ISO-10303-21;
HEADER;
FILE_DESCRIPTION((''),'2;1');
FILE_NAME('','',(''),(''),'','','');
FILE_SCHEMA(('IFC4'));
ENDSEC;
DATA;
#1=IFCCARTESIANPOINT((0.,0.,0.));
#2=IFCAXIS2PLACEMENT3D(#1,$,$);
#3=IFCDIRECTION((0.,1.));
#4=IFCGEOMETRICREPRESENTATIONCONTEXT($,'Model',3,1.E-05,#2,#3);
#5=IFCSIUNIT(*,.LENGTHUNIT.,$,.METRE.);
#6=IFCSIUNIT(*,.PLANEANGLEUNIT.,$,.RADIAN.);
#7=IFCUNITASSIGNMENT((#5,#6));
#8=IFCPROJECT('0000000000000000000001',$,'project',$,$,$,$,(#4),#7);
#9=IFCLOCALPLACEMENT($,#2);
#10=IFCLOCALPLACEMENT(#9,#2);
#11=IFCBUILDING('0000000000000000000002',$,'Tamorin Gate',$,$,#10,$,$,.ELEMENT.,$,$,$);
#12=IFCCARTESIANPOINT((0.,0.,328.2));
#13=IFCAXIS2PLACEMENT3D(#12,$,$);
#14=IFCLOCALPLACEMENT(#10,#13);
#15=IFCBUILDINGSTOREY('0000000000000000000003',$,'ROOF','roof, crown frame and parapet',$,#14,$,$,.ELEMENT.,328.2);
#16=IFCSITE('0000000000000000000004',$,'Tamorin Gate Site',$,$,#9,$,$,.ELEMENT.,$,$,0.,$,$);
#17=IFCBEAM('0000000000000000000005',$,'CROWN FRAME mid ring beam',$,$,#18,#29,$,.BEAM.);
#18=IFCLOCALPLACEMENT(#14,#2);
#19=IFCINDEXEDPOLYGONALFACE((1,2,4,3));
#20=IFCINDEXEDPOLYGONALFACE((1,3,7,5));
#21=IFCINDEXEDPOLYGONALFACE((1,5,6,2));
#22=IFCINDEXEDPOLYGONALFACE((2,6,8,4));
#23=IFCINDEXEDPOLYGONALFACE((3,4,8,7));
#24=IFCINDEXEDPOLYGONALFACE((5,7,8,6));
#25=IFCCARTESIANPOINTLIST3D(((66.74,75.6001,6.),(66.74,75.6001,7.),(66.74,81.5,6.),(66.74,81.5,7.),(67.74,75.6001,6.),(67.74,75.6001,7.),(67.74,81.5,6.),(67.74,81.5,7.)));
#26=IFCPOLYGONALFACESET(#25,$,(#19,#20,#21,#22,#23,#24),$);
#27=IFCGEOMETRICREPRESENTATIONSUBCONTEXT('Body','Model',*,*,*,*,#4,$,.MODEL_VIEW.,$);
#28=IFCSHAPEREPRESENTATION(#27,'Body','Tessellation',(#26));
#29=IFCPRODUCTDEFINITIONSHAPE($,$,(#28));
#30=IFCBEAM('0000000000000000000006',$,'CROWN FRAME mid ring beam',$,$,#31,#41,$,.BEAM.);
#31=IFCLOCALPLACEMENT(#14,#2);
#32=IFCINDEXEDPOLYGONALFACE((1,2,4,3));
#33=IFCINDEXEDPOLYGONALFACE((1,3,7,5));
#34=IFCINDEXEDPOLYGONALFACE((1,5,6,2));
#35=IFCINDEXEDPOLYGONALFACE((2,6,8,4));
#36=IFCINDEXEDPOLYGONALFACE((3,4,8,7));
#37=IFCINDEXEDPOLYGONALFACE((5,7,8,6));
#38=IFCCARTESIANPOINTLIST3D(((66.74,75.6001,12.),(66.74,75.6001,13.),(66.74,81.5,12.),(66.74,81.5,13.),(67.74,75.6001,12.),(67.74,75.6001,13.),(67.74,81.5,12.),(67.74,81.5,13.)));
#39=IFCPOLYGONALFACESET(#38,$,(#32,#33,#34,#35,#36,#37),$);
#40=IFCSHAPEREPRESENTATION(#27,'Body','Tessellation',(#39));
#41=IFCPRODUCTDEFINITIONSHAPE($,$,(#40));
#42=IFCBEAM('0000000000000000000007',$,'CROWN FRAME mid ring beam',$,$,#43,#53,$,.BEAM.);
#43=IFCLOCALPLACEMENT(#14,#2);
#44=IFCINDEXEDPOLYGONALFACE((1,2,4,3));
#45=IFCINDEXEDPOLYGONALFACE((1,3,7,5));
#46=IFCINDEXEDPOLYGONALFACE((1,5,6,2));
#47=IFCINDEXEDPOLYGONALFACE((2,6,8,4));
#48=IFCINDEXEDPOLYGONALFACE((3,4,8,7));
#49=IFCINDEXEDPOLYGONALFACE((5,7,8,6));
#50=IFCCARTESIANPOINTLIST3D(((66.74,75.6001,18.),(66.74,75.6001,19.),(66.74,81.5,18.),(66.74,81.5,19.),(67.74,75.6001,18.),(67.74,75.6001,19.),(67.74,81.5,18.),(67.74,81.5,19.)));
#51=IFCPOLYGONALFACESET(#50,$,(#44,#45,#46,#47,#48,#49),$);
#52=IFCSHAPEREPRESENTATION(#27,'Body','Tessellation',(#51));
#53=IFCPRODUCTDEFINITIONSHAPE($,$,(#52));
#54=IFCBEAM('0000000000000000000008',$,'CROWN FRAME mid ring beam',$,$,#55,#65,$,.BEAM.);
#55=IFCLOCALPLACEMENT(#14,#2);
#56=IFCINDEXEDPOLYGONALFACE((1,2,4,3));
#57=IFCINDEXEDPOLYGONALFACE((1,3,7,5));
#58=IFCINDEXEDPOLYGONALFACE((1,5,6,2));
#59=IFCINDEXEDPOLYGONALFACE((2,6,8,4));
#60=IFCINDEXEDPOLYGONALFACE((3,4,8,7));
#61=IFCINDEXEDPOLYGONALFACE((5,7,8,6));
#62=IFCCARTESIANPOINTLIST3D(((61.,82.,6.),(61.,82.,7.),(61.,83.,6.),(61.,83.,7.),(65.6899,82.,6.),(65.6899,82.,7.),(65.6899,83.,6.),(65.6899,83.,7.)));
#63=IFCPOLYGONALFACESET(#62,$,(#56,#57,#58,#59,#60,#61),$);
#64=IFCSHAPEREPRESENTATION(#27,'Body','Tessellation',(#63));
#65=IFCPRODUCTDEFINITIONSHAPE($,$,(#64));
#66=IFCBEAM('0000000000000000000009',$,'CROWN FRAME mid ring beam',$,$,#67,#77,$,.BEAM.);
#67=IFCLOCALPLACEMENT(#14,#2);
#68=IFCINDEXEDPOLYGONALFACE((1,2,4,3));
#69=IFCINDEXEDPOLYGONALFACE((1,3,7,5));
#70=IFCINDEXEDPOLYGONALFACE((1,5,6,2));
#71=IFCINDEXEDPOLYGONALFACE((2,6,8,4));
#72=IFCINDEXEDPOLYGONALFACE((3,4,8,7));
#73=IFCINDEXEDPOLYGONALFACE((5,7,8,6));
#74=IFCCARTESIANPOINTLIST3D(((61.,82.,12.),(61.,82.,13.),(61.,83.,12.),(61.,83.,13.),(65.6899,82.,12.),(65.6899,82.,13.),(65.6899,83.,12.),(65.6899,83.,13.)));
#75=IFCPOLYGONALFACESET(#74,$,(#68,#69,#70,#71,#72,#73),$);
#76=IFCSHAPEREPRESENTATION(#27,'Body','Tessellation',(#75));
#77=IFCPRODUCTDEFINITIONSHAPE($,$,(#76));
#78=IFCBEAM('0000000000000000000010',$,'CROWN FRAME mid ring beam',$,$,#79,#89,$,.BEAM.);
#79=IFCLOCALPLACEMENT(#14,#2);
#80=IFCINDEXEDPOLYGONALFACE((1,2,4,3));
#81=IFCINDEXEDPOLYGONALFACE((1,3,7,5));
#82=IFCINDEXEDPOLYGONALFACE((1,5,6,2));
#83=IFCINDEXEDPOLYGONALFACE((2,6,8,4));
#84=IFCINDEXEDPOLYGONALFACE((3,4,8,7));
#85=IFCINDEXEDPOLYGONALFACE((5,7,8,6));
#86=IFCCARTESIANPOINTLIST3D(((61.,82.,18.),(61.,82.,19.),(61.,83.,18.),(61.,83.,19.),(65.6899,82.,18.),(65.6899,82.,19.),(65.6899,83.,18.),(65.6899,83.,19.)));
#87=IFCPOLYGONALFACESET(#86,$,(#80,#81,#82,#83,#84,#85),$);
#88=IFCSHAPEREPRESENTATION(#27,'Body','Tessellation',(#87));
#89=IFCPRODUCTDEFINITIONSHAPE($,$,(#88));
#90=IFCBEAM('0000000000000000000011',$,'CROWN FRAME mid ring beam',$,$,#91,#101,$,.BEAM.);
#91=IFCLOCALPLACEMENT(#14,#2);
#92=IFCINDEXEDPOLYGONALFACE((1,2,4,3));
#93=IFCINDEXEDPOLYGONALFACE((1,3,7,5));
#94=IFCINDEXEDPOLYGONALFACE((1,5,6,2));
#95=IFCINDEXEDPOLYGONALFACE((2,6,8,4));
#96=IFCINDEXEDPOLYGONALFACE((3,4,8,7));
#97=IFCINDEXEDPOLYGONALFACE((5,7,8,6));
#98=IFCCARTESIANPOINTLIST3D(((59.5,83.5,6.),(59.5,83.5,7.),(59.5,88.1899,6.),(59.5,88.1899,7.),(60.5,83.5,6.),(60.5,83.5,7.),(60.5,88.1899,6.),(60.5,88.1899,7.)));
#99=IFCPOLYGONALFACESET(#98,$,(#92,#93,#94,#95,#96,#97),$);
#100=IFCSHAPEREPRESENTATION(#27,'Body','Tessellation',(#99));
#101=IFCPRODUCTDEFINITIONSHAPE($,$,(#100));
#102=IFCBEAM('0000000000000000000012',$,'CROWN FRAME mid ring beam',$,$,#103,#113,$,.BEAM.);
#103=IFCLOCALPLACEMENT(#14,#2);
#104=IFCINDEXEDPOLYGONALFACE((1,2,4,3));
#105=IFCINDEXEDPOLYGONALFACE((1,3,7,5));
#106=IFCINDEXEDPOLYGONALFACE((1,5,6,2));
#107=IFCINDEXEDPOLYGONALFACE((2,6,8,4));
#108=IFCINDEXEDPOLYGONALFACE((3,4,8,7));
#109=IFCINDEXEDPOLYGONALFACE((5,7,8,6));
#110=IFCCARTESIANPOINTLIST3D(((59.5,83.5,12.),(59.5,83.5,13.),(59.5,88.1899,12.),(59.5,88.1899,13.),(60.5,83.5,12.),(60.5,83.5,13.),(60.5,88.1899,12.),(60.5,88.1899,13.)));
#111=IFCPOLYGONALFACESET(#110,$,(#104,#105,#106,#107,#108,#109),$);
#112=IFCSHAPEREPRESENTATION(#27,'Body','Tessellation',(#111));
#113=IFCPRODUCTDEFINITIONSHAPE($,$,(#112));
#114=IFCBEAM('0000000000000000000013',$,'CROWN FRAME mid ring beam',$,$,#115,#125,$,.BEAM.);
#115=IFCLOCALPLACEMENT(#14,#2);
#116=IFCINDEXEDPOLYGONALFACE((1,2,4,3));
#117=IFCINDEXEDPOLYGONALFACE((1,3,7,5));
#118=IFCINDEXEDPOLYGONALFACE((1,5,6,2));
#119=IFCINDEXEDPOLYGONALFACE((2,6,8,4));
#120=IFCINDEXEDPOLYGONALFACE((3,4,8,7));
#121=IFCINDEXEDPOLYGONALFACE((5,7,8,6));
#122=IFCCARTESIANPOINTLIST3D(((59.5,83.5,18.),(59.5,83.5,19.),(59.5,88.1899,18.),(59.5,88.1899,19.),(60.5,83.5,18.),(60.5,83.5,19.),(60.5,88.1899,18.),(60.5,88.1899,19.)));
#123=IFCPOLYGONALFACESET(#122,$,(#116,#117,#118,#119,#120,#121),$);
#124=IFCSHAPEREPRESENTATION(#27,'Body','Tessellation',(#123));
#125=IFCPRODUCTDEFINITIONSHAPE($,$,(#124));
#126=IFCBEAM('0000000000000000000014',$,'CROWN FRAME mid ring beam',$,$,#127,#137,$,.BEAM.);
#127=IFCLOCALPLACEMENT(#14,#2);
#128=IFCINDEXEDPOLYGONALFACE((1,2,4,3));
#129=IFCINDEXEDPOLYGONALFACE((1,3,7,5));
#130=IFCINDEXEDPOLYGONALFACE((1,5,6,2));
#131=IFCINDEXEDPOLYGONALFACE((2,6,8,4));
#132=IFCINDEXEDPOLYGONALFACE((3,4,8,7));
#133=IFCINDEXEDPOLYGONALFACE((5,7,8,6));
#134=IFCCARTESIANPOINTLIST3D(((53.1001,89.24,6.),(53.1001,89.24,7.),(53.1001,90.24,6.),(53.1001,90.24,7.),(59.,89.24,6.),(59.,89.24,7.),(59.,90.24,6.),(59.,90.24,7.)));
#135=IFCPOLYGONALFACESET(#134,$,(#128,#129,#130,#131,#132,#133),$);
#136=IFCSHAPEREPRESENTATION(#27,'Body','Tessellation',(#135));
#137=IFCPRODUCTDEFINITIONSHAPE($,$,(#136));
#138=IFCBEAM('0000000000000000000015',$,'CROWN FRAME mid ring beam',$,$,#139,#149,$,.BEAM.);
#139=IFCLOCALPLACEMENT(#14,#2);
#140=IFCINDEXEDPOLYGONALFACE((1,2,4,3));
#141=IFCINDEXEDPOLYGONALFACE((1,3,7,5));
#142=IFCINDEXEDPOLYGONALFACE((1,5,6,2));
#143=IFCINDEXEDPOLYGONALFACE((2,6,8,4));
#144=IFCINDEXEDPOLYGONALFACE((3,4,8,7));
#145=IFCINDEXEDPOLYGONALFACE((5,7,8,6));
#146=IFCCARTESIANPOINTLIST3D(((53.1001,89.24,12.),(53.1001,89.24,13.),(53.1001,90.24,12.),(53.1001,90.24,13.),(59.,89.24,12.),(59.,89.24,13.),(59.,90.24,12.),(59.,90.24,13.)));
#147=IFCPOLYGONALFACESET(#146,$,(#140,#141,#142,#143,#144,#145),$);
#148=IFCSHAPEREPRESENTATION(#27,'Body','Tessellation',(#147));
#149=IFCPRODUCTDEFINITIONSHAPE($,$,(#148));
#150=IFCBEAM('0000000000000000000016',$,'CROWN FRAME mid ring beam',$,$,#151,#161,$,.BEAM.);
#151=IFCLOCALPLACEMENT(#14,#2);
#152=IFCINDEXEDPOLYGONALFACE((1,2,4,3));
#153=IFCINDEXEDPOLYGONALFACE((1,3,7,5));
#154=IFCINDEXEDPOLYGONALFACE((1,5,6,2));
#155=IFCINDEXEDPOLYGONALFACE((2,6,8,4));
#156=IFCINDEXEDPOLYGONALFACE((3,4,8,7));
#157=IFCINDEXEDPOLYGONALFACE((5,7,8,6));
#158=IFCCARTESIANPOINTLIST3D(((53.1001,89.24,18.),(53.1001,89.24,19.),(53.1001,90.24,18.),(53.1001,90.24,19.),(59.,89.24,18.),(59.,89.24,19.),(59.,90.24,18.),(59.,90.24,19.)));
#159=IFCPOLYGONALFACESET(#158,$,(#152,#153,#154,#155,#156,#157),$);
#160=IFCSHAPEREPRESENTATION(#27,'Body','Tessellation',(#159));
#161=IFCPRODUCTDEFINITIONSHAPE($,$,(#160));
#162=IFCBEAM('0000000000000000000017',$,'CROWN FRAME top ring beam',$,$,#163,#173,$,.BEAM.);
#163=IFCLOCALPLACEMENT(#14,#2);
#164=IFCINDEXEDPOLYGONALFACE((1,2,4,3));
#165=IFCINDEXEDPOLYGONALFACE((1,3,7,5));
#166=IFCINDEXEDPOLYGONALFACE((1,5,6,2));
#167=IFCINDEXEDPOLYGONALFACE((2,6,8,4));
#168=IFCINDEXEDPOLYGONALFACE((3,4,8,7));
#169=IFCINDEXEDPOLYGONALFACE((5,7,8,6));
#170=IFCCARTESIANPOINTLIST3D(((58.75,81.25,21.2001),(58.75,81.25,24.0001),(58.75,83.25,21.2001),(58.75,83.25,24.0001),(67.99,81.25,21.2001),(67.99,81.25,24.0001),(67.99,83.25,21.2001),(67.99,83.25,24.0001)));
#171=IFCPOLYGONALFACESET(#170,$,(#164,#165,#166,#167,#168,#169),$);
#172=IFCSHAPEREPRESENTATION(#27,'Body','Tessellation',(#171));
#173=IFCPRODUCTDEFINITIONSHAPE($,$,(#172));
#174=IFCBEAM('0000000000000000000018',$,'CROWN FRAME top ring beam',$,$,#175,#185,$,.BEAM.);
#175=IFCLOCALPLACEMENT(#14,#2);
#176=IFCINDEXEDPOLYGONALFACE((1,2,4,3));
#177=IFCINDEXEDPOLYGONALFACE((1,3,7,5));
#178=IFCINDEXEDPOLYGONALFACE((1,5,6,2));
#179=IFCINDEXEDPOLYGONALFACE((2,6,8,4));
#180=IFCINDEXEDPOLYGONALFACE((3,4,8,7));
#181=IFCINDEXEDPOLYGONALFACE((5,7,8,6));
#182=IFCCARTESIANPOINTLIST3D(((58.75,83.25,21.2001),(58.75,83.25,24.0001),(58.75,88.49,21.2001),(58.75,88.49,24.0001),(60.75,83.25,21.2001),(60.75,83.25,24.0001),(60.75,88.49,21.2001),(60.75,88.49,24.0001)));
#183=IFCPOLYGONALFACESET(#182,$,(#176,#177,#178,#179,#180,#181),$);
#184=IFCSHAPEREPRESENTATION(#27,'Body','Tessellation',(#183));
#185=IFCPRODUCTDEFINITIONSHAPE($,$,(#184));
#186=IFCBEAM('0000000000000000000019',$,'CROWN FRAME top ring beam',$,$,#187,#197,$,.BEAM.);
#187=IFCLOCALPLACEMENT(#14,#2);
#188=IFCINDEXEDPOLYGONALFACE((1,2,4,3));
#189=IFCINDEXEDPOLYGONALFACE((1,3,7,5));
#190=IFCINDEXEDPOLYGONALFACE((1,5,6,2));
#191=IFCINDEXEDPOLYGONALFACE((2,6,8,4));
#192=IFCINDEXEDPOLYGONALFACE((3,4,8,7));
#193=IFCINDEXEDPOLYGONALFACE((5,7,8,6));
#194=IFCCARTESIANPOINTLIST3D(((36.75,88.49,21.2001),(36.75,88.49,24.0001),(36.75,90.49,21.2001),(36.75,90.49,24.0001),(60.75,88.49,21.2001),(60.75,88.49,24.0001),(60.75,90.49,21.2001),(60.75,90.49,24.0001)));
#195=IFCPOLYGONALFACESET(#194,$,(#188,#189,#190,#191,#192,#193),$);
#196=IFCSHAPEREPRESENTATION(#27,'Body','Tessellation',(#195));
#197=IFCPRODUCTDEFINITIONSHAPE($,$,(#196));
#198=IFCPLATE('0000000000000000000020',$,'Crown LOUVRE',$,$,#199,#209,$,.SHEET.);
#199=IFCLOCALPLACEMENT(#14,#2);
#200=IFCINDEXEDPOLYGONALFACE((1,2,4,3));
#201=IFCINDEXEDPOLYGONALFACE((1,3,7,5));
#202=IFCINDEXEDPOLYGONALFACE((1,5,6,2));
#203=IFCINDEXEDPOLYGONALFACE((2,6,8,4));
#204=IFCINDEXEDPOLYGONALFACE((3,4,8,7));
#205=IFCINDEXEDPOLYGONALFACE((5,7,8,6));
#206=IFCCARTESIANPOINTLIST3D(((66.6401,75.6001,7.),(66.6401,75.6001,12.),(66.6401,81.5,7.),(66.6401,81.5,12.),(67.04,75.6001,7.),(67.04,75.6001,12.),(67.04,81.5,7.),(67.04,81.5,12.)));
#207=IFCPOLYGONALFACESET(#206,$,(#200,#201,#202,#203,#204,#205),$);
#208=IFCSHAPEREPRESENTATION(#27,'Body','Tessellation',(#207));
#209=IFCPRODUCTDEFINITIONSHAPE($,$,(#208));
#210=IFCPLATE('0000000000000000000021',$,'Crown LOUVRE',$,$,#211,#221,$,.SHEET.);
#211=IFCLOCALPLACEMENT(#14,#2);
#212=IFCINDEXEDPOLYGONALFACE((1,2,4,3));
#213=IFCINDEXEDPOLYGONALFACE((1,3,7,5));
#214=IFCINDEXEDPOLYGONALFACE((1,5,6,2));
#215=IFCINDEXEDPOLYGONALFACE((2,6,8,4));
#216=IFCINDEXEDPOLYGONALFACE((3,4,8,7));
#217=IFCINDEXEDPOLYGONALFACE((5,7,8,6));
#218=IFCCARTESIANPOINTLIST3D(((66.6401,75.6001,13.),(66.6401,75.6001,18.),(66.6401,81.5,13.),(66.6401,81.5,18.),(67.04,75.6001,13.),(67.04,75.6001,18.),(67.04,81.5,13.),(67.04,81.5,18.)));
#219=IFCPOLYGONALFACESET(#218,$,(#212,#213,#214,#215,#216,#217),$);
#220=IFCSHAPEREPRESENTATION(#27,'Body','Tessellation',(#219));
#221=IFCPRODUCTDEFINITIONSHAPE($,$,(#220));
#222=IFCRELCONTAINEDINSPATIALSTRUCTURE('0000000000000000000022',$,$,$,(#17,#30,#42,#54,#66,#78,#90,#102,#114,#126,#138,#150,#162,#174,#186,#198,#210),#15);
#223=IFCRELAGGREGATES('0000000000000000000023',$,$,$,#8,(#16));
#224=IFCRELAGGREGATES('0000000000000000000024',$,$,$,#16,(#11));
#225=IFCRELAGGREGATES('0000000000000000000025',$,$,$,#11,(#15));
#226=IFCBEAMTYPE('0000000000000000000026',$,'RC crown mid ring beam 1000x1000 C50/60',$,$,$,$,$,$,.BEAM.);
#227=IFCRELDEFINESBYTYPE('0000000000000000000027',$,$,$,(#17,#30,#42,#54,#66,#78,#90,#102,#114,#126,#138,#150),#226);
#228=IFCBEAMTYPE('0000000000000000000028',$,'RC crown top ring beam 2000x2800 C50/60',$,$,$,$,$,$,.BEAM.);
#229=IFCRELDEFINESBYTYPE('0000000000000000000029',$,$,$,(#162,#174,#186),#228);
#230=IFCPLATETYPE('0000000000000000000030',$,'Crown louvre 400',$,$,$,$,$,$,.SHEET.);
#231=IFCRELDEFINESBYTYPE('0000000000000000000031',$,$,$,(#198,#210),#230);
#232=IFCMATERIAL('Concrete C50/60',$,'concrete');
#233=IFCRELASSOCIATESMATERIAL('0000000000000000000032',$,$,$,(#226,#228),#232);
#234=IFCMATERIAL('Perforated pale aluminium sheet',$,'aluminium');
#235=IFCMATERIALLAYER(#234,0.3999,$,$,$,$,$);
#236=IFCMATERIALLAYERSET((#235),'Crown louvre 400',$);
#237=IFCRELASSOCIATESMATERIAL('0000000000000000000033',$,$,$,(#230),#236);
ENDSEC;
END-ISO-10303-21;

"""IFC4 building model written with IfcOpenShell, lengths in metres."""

from ifc_helpers import new_model, si_unit, direction, frame, origin, origin_2d, place, context, subcontext, project, spatial, rectangle, extrude, material, layer, layer_set, material_profile, profile_set, type_object, element, save


model = new_model("IFC4")

# Units and contexts
model_context = context("Model", 3, precision=1e-05, world=origin(), true_north=direction((0.0, 1.0)))
body_context = subcontext(model_context, "Body", "Model", "MODEL_VIEW")
ifc_project = project(units=[si_unit("LENGTHUNIT", "METRE"), si_unit("PLANEANGLEUNIT", "RADIAN")], contexts=[model_context])

# Site, building, storey
site_placement = place(None, origin())
site = spatial("IfcSite", under=ifc_project, at=site_placement, Name="Tamorin Gate Site", CompositionType="ELEMENT", RefElevation=0.0)
building_placement = place(site_placement, origin())
building = spatial("IfcBuilding", under=site, at=building_placement, Name="Tamorin Gate", CompositionType="ELEMENT")
storey_placement = place(building_placement, frame((0.0, 0.0, 328.2)))
storey = spatial("IfcBuildingStorey", under=building, at=storey_placement, Name="ROOF", Description="roof, crown frame and parapet", CompositionType="ELEMENT", Elevation=328.2)

# Beams
ifc_material_1 = material(Name="Concrete C50/60", Category="concrete")
ifc_material_profile_1 = material_profile(ifc_material_1, rectangle(XDim=1.0, YDim=1.0, at=origin_2d()), Name="RC 1000x1000")
ifc_profile_set_1 = profile_set([ifc_material_profile_1], Name="Concrete C50/60")
beam_type_1 = type_object("IfcBeamType", Name="RC crown mid ring beam 1000x1000 C50/60", PredefinedType="BEAM", material=ifc_profile_set_1)
for number, where, z_axis, x_axis, name in (
    (1, (67.24, 75.6001, 6.5), (0.0, 1.0, 0.0), (-1.0, 0.0, 0.0), "CROWN FRAME mid ring beam"),
    (2, (67.24, 75.6001, 12.5), (0.0, 1.0, 0.0), (-1.0, 0.0, 0.0), "CROWN FRAME mid ring beam"),
    (3, (67.24, 75.6001, 18.5), (0.0, 1.0, 0.0), (-1.0, 0.0, 0.0), "CROWN FRAME mid ring beam"),
):
    element("IfcBeam", number, at=place(storey_placement, frame(where, z_axis=z_axis, x_axis=x_axis)), inside=storey, type_object=beam_type_1, Name=name, PredefinedType="BEAM", context=body_context, shape_type="SweptSolid", body=[
        extrude(rectangle(XDim=1.0, YDim=1.0, at=origin_2d()), origin(), (0.0, 0.0, 1.0), 5.8999),
    ])
for number, where, z_axis, x_axis, name in (
    (4, (65.6899, 82.5, 6.5), (-1.0, 0.0, 0.0), (0.0, -1.0, 0.0), "CROWN FRAME mid ring beam"),
    (5, (65.6899, 82.5, 12.5), (-1.0, 0.0, 0.0), (0.0, -1.0, 0.0), "CROWN FRAME mid ring beam"),
    (6, (65.6899, 82.5, 18.5), (-1.0, 0.0, 0.0), (0.0, -1.0, 0.0), "CROWN FRAME mid ring beam"),
    (7, (60.0, 83.5, 6.5), (0.0, 1.0, 0.0), (-1.0, 0.0, 0.0), "CROWN FRAME mid ring beam"),
    (8, (60.0, 83.5, 12.5), (0.0, 1.0, 0.0), (-1.0, 0.0, 0.0), "CROWN FRAME mid ring beam"),
    (9, (60.0, 83.5, 18.5), (0.0, 1.0, 0.0), (-1.0, 0.0, 0.0), "CROWN FRAME mid ring beam"),
):
    element("IfcBeam", number, at=place(storey_placement, frame(where, z_axis=z_axis, x_axis=x_axis)), inside=storey, type_object=beam_type_1, Name=name, PredefinedType="BEAM", context=body_context, shape_type="SweptSolid", body=[
        extrude(rectangle(XDim=1.0, YDim=1.0, at=origin_2d()), origin(), (0.0, 0.0, 1.0), 4.6899),
    ])
for number, where, z_axis, x_axis, name in (
    (10, (59.0, 89.74, 6.5), (-1.0, 0.0, 0.0), (0.0, -1.0, 0.0), "CROWN FRAME mid ring beam"),
    (11, (59.0, 89.74, 12.5), (-1.0, 0.0, 0.0), (0.0, -1.0, 0.0), "CROWN FRAME mid ring beam"),
    (12, (59.0, 89.74, 18.5), (-1.0, 0.0, 0.0), (0.0, -1.0, 0.0), "CROWN FRAME mid ring beam"),
):
    element("IfcBeam", number, at=place(storey_placement, frame(where, z_axis=z_axis, x_axis=x_axis)), inside=storey, type_object=beam_type_1, Name=name, PredefinedType="BEAM", context=body_context, shape_type="SweptSolid", body=[
        extrude(rectangle(XDim=1.0, YDim=1.0, at=origin_2d()), origin(), (0.0, 0.0, 1.0), 5.8999),
    ])
ifc_material_profile_2 = material_profile(ifc_material_1, rectangle(XDim=2.0, YDim=2.8, at=origin_2d()), Name="RC 2000x2800")
ifc_profile_set_2 = profile_set([ifc_material_profile_2], Name="Concrete C50/60")
beam_type_2 = type_object("IfcBeamType", Name="RC crown top ring beam 2000x2800 C50/60", PredefinedType="BEAM", material=ifc_profile_set_2)
beam_1_placement = place(storey_placement, frame((67.99, 82.25, 22.6001), z_axis=(-1.0, 0.0, 0.0), x_axis=(0.0, -1.0, 0.0)))
element("IfcBeam", 13, at=beam_1_placement, inside=storey, type_object=beam_type_2, Name="CROWN FRAME top ring beam", PredefinedType="BEAM", context=body_context, shape_type="SweptSolid", body=[
    extrude(rectangle(XDim=2.0, YDim=2.8, at=origin_2d()), origin(), (0.0, 0.0, 1.0), 9.24),
])
beam_2_placement = place(storey_placement, frame((59.75, 83.25, 22.6001), z_axis=(0.0, 1.0, 0.0), x_axis=(-1.0, 0.0, 0.0)))
element("IfcBeam", 14, at=beam_2_placement, inside=storey, type_object=beam_type_2, Name="CROWN FRAME top ring beam", PredefinedType="BEAM", context=body_context, shape_type="SweptSolid", body=[
    extrude(rectangle(XDim=2.0, YDim=2.8, at=origin_2d()), origin(), (0.0, 0.0, 1.0), 5.24),
])
beam_3_placement = place(storey_placement, frame((60.75, 89.49, 22.6001), z_axis=(-1.0, 0.0, 0.0), x_axis=(0.0, -1.0, 0.0)))
element("IfcBeam", 15, at=beam_3_placement, inside=storey, type_object=beam_type_2, Name="CROWN FRAME top ring beam", PredefinedType="BEAM", context=body_context, shape_type="SweptSolid", body=[
    extrude(rectangle(XDim=2.0, YDim=2.8, at=origin_2d()), origin(), (0.0, 0.0, 1.0), 24.0),
])

# Plates
ifc_material_2 = material(Name="Perforated pale aluminium sheet", Category="aluminium")
ifc_layer = layer(ifc_material_2, 0.3999)
ifc_layer_set = layer_set([ifc_layer], Name="Crown louvre 400")
plate_type = type_object("IfcPlateType", Name="Crown louvre 400", PredefinedType="SHEET", material=ifc_layer_set)
for number, where, z_axis, x_axis, name in (
    (16, (66.8401, 78.55, 7.0), (0.0, 0.0, 1.0), (0.0, 1.0, 0.0), "Crown LOUVRE"),
    (17, (66.8401, 78.55, 13.0), (0.0, 0.0, 1.0), (0.0, 1.0, 0.0), "Crown LOUVRE"),
):
    element("IfcPlate", number, at=place(storey_placement, frame(where, z_axis=z_axis, x_axis=x_axis)), inside=storey, type_object=plate_type, Name=name, PredefinedType="SHEET", context=body_context, shape_type="SweptSolid", body=[
        extrude(rectangle(XDim=5.8999, YDim=0.3999, at=origin_2d()), origin(), (0.0, 0.0, 1.0), 5.0),
    ])

save(model, "model.ifc")
